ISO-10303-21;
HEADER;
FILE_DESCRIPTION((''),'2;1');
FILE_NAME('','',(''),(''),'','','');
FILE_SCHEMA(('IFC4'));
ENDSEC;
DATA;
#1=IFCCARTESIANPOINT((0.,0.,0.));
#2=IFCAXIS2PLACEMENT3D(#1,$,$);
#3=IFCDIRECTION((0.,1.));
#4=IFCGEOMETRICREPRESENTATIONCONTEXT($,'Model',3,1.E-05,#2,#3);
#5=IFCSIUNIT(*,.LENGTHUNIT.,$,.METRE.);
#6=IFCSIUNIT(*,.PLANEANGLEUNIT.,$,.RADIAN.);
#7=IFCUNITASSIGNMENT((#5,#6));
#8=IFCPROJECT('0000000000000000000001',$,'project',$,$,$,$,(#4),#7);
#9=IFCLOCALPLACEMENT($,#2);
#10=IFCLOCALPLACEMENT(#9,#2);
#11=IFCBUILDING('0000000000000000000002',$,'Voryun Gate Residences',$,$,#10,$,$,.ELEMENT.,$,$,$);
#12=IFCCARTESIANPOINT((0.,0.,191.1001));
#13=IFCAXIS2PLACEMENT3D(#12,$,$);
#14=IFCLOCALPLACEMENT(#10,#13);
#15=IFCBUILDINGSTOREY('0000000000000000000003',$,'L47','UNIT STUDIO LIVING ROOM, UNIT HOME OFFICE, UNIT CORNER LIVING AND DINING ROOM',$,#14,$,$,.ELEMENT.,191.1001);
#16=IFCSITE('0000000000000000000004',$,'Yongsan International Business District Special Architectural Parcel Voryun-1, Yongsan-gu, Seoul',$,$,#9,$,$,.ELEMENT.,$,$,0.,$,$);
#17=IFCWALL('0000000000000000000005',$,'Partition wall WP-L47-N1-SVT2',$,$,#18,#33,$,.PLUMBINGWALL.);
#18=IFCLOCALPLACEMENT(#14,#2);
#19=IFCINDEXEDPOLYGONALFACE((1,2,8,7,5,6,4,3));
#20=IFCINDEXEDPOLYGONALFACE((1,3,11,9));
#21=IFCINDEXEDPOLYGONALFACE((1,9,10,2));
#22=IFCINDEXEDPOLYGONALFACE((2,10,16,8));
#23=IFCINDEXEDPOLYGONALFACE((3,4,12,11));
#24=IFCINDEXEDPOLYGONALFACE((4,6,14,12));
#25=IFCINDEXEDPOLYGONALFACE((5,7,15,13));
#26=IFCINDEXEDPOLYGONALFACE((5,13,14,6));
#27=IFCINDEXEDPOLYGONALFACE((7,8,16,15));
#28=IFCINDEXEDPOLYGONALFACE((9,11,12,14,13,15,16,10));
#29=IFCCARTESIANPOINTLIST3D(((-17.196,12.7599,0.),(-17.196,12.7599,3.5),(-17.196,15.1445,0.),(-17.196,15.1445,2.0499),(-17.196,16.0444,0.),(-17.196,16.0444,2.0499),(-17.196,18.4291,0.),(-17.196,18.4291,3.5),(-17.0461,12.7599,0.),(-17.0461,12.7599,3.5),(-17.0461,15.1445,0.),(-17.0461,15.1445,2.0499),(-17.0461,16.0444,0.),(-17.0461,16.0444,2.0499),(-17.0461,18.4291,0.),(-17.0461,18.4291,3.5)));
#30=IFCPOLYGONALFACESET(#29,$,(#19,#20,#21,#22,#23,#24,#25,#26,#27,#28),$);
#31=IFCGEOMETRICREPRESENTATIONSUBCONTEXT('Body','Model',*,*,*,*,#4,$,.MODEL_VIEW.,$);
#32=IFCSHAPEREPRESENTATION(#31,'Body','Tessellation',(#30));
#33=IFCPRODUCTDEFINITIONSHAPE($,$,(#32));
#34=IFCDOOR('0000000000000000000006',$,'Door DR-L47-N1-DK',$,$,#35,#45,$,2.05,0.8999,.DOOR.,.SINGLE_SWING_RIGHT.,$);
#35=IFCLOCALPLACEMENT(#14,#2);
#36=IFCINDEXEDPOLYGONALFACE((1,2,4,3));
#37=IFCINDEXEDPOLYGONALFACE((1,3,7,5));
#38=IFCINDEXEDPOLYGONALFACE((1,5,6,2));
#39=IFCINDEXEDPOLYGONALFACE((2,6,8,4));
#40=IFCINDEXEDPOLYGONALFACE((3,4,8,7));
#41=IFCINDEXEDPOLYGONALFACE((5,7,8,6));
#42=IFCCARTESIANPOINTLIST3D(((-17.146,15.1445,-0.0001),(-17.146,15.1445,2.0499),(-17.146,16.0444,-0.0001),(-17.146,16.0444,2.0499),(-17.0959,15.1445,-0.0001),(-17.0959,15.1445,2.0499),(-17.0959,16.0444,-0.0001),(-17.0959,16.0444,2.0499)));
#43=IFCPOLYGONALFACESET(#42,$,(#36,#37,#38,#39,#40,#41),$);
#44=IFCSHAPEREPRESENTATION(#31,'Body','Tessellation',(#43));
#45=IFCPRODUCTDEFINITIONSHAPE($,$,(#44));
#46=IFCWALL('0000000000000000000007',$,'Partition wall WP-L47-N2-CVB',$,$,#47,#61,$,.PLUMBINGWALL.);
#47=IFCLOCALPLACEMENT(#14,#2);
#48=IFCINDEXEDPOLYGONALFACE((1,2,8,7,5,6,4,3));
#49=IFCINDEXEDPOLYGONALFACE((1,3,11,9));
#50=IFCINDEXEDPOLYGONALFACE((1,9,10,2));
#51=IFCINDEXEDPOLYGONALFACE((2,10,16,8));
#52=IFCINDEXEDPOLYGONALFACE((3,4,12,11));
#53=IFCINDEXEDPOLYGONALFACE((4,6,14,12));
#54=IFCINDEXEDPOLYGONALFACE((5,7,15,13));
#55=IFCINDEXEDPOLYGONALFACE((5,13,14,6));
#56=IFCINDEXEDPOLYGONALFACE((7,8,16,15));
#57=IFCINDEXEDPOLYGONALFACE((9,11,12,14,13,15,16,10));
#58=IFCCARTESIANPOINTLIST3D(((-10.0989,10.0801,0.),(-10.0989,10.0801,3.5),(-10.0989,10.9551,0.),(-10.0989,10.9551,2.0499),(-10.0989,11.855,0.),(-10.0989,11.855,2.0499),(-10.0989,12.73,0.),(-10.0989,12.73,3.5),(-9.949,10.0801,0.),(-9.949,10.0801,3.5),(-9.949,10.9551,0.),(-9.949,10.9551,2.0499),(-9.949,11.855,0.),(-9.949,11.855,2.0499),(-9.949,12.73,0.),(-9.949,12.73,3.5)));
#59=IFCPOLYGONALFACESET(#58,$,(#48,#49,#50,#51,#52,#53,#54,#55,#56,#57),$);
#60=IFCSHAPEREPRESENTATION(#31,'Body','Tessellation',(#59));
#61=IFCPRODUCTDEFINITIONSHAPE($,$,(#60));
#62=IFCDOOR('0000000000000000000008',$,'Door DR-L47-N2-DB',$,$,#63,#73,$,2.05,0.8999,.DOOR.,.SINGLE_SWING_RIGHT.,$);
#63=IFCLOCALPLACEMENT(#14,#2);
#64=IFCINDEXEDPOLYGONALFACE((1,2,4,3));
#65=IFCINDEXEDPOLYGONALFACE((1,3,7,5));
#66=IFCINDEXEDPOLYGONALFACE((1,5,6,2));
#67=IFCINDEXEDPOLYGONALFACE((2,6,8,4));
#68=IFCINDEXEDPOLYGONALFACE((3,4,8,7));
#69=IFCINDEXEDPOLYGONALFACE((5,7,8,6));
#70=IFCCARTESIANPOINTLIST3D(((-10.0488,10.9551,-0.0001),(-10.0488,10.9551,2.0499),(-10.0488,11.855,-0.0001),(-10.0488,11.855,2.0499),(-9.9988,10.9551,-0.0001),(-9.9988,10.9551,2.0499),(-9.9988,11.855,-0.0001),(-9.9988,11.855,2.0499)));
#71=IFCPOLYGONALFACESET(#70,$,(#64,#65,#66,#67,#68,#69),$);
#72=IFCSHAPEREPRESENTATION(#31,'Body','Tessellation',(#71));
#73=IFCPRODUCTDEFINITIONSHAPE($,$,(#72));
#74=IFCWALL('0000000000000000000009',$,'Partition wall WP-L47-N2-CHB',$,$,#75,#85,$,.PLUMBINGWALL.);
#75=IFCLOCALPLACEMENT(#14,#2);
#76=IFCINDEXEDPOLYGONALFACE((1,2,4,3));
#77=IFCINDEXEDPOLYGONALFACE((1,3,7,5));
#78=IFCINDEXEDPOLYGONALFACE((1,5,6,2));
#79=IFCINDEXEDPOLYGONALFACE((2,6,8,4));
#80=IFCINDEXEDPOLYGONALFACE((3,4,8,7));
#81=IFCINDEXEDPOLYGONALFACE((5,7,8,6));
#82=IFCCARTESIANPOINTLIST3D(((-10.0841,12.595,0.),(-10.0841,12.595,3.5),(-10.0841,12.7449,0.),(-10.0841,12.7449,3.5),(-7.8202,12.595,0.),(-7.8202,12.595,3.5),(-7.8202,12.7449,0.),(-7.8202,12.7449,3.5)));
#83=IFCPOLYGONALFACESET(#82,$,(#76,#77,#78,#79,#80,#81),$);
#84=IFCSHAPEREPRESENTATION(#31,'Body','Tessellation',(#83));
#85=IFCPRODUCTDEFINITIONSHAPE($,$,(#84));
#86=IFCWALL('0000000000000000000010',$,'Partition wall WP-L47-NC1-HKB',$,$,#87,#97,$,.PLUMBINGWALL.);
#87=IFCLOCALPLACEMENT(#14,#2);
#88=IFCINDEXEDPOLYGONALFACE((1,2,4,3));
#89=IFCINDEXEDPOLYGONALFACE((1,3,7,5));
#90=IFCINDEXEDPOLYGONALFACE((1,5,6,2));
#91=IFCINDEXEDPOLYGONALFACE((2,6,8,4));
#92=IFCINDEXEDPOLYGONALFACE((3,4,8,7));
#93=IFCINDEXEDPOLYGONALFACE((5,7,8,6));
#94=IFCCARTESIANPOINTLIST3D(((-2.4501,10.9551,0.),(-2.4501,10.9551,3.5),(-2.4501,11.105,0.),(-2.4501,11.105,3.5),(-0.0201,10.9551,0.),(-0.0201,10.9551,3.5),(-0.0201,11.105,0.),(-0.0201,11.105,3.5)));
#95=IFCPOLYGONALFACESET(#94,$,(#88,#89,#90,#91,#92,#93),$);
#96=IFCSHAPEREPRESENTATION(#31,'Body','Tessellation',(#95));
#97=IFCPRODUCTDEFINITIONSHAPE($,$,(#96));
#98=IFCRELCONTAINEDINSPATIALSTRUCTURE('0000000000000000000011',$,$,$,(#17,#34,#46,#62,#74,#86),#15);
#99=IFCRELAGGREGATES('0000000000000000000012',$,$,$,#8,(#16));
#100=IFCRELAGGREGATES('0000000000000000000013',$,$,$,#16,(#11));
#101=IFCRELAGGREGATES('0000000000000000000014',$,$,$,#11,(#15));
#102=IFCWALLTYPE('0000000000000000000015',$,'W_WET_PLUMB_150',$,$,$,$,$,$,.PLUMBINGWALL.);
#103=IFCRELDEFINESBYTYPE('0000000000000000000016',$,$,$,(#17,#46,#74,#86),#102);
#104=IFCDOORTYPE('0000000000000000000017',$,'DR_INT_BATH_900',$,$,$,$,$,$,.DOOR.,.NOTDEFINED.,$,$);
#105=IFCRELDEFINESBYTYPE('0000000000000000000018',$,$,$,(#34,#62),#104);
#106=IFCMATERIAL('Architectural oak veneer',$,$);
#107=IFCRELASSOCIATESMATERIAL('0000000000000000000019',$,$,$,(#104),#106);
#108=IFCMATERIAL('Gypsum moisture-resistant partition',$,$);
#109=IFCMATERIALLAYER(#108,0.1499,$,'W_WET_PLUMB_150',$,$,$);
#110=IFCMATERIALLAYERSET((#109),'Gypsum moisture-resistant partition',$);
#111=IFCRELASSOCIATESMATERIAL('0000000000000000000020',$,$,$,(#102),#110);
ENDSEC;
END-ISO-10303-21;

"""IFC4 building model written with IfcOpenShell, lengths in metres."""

from ifc_helpers import new_model, si_unit, direction, frame, frame_2d, origin, place, context, subcontext, project, spatial, rectangle, extrude, material, layer, layer_set, type_object, element, fill, save


model = new_model("IFC4")

# Units and contexts
model_context = context("Model", 3, precision=1e-05, world=origin(), true_north=direction((0.0, 1.0)))
body_context = subcontext(model_context, "Body", "Model", "MODEL_VIEW")
ifc_project = project(units=[si_unit("LENGTHUNIT", "METRE"), si_unit("PLANEANGLEUNIT", "RADIAN")], contexts=[model_context])

# Site, building, storey
site_placement = place(None, origin())
site = spatial("IfcSite", under=ifc_project, at=site_placement, Name="Yongsan International Business District Special Architectural Parcel Voryun-1, Yongsan-gu, Seoul", CompositionType="ELEMENT", RefElevation=0.0)
building_placement = place(site_placement, origin())
building = spatial("IfcBuilding", under=site, at=building_placement, Name="Voryun Gate Residences", CompositionType="ELEMENT")
storey_placement = place(building_placement, frame((0.0, 0.0, 191.1001)))
storey = spatial("IfcBuildingStorey", under=building, at=storey_placement, Name="L47", Description="UNIT STUDIO LIVING ROOM, UNIT HOME OFFICE, UNIT CORNER LIVING AND DINING ROOM", CompositionType="ELEMENT", Elevation=191.1001)

# Shared definitions
ifc_material_1 = material(Name="Architectural oak veneer")
door_type = type_object("IfcDoorType", Name="DR_INT_BATH_900", OperationType="NOTDEFINED", PredefinedType="DOOR", material=ifc_material_1)

# Walls, openings, doors
ifc_material_2 = material(Name="Gypsum moisture-resistant partition")
ifc_layer_1 = layer(ifc_material_2, 0.1499, Name="W_WET_PLUMB_150")
ifc_layer_set_1 = layer_set([ifc_layer_1], Name="Gypsum moisture-resistant partition")
wall_type_1 = type_object("IfcWallType", Name="W_WET_PLUMB_150", PredefinedType="PLUMBINGWALL", material=ifc_layer_set_1)
wall_1_placement = place(storey_placement, frame((-17.1211, 12.76, 0.0), z_axis=(0.0, 0.0, 1.0), x_axis=(0.0, 1.0, 0.0)))
wall_1 = element("IfcWall", 1, at=wall_1_placement, inside=storey, type_object=wall_type_1, Name="Partition wall WP-L47-N1-SVT2", PredefinedType="PLUMBINGWALL", context=body_context, shape_type="SweptSolid", body=[
    extrude(rectangle(XDim=5.6692, YDim=0.1499, at=frame_2d((2.8345, 0.0))), origin(), (0.0, 0.0, 1.0), 3.5),
])
opening_1_placement = place(wall_1_placement, frame((2.3845, 0.0, 0.0)))
opening_1 = element("IfcOpeningElement", 2, at=opening_1_placement, cuts=wall_1, PredefinedType="OPENING", context=body_context, shape_type="SweptSolid", body=[
    extrude(rectangle(XDim=0.8999, YDim=2.05, at=frame_2d((0.45, 1.0249))), frame((0.0, 0.085, 0.0), z_axis=(0.0, -1.0, 0.0), x_axis=(1.0, 0.0, 0.0)), (0.0, 0.0, 1.0), 0.1699),
])
door_1_placement = place(opening_1_placement, origin())
door_1 = element("IfcDoor", 3, at=door_1_placement, inside=storey, type_object=door_type, Name="Door DR-L47-N1-DK", OperationType="SINGLE_SWING_RIGHT", OverallHeight=2.05, OverallWidth=0.8999, PredefinedType="DOOR", context=body_context, shape_type="SweptSolid", body=[
    extrude(rectangle(XDim=0.8999, YDim=2.05, at=frame_2d((0.45, 1.0249))), frame((0.0, 0.0249, 0.0), z_axis=(0.0, -1.0, 0.0), x_axis=(1.0, 0.0, 0.0)), (0.0, 0.0, 1.0), 0.05),
])
fill(opening_1, door_1)
wall_2_placement = place(storey_placement, frame((-10.0239, 10.0801, 0.0), z_axis=(0.0, 0.0, 1.0), x_axis=(0.0, 1.0, 0.0)))
wall_2 = element("IfcWall", 4, at=wall_2_placement, inside=storey, type_object=wall_type_1, Name="Partition wall WP-L47-N2-CVB", PredefinedType="PLUMBINGWALL", context=body_context, shape_type="SweptSolid", body=[
    extrude(rectangle(XDim=2.6499, YDim=0.1499, at=frame_2d((1.325, 0.0))), origin(), (0.0, 0.0, 1.0), 3.5),
])
opening_2_placement = place(wall_2_placement, frame((0.875, 0.0, 0.0)))
opening_2 = element("IfcOpeningElement", 5, at=opening_2_placement, cuts=wall_2, PredefinedType="OPENING", context=body_context, shape_type="SweptSolid", body=[
    extrude(rectangle(XDim=0.8999, YDim=2.05, at=frame_2d((0.45, 1.0249))), frame((0.0, 0.085, 0.0), z_axis=(0.0, -1.0, 0.0), x_axis=(1.0, 0.0, 0.0)), (0.0, 0.0, 1.0), 0.1699),
])
door_2_placement = place(opening_2_placement, origin())
door_2 = element("IfcDoor", 6, at=door_2_placement, inside=storey, type_object=door_type, Name="Door DR-L47-N2-DB", OperationType="SINGLE_SWING_RIGHT", OverallHeight=2.05, OverallWidth=0.8999, PredefinedType="DOOR", context=body_context, shape_type="SweptSolid", body=[
    extrude(rectangle(XDim=0.8999, YDim=2.05, at=frame_2d((0.45, 1.0249))), frame((0.0, 0.0249, 0.0), z_axis=(0.0, -1.0, 0.0), x_axis=(1.0, 0.0, 0.0)), (0.0, 0.0, 1.0), 0.05),
])
fill(opening_2, door_2)

# Walls
wall_3_placement = place(storey_placement, frame((-10.084, 12.6699, 0.0), z_axis=(0.0, 0.0, 1.0), x_axis=(1.0, 0.0, 0.0)))
element("IfcWall", 7, at=wall_3_placement, inside=storey, type_object=wall_type_1, Name="Partition wall WP-L47-N2-CHB", PredefinedType="PLUMBINGWALL", context=body_context, shape_type="SweptSolid", body=[
    extrude(rectangle(XDim=2.2639, YDim=0.1499, at=frame_2d((1.1318, 0.0))), origin(), (0.0, 0.0, 1.0), 3.5),
])
wall_4_placement = place(storey_placement, frame((-2.45, 11.03, 0.0), z_axis=(0.0, 0.0, 1.0), x_axis=(1.0, 0.0, 0.0)))
element("IfcWall", 8, at=wall_4_placement, inside=storey, type_object=wall_type_1, Name="Partition wall WP-L47-NC1-HKB", PredefinedType="PLUMBINGWALL", context=body_context, shape_type="SweptSolid", body=[
    extrude(rectangle(XDim=2.4299, YDim=0.1499, at=frame_2d((1.2148, 0.0))), origin(), (0.0, 0.0, 1.0), 3.5),
])

save(model, "model.ifc")
